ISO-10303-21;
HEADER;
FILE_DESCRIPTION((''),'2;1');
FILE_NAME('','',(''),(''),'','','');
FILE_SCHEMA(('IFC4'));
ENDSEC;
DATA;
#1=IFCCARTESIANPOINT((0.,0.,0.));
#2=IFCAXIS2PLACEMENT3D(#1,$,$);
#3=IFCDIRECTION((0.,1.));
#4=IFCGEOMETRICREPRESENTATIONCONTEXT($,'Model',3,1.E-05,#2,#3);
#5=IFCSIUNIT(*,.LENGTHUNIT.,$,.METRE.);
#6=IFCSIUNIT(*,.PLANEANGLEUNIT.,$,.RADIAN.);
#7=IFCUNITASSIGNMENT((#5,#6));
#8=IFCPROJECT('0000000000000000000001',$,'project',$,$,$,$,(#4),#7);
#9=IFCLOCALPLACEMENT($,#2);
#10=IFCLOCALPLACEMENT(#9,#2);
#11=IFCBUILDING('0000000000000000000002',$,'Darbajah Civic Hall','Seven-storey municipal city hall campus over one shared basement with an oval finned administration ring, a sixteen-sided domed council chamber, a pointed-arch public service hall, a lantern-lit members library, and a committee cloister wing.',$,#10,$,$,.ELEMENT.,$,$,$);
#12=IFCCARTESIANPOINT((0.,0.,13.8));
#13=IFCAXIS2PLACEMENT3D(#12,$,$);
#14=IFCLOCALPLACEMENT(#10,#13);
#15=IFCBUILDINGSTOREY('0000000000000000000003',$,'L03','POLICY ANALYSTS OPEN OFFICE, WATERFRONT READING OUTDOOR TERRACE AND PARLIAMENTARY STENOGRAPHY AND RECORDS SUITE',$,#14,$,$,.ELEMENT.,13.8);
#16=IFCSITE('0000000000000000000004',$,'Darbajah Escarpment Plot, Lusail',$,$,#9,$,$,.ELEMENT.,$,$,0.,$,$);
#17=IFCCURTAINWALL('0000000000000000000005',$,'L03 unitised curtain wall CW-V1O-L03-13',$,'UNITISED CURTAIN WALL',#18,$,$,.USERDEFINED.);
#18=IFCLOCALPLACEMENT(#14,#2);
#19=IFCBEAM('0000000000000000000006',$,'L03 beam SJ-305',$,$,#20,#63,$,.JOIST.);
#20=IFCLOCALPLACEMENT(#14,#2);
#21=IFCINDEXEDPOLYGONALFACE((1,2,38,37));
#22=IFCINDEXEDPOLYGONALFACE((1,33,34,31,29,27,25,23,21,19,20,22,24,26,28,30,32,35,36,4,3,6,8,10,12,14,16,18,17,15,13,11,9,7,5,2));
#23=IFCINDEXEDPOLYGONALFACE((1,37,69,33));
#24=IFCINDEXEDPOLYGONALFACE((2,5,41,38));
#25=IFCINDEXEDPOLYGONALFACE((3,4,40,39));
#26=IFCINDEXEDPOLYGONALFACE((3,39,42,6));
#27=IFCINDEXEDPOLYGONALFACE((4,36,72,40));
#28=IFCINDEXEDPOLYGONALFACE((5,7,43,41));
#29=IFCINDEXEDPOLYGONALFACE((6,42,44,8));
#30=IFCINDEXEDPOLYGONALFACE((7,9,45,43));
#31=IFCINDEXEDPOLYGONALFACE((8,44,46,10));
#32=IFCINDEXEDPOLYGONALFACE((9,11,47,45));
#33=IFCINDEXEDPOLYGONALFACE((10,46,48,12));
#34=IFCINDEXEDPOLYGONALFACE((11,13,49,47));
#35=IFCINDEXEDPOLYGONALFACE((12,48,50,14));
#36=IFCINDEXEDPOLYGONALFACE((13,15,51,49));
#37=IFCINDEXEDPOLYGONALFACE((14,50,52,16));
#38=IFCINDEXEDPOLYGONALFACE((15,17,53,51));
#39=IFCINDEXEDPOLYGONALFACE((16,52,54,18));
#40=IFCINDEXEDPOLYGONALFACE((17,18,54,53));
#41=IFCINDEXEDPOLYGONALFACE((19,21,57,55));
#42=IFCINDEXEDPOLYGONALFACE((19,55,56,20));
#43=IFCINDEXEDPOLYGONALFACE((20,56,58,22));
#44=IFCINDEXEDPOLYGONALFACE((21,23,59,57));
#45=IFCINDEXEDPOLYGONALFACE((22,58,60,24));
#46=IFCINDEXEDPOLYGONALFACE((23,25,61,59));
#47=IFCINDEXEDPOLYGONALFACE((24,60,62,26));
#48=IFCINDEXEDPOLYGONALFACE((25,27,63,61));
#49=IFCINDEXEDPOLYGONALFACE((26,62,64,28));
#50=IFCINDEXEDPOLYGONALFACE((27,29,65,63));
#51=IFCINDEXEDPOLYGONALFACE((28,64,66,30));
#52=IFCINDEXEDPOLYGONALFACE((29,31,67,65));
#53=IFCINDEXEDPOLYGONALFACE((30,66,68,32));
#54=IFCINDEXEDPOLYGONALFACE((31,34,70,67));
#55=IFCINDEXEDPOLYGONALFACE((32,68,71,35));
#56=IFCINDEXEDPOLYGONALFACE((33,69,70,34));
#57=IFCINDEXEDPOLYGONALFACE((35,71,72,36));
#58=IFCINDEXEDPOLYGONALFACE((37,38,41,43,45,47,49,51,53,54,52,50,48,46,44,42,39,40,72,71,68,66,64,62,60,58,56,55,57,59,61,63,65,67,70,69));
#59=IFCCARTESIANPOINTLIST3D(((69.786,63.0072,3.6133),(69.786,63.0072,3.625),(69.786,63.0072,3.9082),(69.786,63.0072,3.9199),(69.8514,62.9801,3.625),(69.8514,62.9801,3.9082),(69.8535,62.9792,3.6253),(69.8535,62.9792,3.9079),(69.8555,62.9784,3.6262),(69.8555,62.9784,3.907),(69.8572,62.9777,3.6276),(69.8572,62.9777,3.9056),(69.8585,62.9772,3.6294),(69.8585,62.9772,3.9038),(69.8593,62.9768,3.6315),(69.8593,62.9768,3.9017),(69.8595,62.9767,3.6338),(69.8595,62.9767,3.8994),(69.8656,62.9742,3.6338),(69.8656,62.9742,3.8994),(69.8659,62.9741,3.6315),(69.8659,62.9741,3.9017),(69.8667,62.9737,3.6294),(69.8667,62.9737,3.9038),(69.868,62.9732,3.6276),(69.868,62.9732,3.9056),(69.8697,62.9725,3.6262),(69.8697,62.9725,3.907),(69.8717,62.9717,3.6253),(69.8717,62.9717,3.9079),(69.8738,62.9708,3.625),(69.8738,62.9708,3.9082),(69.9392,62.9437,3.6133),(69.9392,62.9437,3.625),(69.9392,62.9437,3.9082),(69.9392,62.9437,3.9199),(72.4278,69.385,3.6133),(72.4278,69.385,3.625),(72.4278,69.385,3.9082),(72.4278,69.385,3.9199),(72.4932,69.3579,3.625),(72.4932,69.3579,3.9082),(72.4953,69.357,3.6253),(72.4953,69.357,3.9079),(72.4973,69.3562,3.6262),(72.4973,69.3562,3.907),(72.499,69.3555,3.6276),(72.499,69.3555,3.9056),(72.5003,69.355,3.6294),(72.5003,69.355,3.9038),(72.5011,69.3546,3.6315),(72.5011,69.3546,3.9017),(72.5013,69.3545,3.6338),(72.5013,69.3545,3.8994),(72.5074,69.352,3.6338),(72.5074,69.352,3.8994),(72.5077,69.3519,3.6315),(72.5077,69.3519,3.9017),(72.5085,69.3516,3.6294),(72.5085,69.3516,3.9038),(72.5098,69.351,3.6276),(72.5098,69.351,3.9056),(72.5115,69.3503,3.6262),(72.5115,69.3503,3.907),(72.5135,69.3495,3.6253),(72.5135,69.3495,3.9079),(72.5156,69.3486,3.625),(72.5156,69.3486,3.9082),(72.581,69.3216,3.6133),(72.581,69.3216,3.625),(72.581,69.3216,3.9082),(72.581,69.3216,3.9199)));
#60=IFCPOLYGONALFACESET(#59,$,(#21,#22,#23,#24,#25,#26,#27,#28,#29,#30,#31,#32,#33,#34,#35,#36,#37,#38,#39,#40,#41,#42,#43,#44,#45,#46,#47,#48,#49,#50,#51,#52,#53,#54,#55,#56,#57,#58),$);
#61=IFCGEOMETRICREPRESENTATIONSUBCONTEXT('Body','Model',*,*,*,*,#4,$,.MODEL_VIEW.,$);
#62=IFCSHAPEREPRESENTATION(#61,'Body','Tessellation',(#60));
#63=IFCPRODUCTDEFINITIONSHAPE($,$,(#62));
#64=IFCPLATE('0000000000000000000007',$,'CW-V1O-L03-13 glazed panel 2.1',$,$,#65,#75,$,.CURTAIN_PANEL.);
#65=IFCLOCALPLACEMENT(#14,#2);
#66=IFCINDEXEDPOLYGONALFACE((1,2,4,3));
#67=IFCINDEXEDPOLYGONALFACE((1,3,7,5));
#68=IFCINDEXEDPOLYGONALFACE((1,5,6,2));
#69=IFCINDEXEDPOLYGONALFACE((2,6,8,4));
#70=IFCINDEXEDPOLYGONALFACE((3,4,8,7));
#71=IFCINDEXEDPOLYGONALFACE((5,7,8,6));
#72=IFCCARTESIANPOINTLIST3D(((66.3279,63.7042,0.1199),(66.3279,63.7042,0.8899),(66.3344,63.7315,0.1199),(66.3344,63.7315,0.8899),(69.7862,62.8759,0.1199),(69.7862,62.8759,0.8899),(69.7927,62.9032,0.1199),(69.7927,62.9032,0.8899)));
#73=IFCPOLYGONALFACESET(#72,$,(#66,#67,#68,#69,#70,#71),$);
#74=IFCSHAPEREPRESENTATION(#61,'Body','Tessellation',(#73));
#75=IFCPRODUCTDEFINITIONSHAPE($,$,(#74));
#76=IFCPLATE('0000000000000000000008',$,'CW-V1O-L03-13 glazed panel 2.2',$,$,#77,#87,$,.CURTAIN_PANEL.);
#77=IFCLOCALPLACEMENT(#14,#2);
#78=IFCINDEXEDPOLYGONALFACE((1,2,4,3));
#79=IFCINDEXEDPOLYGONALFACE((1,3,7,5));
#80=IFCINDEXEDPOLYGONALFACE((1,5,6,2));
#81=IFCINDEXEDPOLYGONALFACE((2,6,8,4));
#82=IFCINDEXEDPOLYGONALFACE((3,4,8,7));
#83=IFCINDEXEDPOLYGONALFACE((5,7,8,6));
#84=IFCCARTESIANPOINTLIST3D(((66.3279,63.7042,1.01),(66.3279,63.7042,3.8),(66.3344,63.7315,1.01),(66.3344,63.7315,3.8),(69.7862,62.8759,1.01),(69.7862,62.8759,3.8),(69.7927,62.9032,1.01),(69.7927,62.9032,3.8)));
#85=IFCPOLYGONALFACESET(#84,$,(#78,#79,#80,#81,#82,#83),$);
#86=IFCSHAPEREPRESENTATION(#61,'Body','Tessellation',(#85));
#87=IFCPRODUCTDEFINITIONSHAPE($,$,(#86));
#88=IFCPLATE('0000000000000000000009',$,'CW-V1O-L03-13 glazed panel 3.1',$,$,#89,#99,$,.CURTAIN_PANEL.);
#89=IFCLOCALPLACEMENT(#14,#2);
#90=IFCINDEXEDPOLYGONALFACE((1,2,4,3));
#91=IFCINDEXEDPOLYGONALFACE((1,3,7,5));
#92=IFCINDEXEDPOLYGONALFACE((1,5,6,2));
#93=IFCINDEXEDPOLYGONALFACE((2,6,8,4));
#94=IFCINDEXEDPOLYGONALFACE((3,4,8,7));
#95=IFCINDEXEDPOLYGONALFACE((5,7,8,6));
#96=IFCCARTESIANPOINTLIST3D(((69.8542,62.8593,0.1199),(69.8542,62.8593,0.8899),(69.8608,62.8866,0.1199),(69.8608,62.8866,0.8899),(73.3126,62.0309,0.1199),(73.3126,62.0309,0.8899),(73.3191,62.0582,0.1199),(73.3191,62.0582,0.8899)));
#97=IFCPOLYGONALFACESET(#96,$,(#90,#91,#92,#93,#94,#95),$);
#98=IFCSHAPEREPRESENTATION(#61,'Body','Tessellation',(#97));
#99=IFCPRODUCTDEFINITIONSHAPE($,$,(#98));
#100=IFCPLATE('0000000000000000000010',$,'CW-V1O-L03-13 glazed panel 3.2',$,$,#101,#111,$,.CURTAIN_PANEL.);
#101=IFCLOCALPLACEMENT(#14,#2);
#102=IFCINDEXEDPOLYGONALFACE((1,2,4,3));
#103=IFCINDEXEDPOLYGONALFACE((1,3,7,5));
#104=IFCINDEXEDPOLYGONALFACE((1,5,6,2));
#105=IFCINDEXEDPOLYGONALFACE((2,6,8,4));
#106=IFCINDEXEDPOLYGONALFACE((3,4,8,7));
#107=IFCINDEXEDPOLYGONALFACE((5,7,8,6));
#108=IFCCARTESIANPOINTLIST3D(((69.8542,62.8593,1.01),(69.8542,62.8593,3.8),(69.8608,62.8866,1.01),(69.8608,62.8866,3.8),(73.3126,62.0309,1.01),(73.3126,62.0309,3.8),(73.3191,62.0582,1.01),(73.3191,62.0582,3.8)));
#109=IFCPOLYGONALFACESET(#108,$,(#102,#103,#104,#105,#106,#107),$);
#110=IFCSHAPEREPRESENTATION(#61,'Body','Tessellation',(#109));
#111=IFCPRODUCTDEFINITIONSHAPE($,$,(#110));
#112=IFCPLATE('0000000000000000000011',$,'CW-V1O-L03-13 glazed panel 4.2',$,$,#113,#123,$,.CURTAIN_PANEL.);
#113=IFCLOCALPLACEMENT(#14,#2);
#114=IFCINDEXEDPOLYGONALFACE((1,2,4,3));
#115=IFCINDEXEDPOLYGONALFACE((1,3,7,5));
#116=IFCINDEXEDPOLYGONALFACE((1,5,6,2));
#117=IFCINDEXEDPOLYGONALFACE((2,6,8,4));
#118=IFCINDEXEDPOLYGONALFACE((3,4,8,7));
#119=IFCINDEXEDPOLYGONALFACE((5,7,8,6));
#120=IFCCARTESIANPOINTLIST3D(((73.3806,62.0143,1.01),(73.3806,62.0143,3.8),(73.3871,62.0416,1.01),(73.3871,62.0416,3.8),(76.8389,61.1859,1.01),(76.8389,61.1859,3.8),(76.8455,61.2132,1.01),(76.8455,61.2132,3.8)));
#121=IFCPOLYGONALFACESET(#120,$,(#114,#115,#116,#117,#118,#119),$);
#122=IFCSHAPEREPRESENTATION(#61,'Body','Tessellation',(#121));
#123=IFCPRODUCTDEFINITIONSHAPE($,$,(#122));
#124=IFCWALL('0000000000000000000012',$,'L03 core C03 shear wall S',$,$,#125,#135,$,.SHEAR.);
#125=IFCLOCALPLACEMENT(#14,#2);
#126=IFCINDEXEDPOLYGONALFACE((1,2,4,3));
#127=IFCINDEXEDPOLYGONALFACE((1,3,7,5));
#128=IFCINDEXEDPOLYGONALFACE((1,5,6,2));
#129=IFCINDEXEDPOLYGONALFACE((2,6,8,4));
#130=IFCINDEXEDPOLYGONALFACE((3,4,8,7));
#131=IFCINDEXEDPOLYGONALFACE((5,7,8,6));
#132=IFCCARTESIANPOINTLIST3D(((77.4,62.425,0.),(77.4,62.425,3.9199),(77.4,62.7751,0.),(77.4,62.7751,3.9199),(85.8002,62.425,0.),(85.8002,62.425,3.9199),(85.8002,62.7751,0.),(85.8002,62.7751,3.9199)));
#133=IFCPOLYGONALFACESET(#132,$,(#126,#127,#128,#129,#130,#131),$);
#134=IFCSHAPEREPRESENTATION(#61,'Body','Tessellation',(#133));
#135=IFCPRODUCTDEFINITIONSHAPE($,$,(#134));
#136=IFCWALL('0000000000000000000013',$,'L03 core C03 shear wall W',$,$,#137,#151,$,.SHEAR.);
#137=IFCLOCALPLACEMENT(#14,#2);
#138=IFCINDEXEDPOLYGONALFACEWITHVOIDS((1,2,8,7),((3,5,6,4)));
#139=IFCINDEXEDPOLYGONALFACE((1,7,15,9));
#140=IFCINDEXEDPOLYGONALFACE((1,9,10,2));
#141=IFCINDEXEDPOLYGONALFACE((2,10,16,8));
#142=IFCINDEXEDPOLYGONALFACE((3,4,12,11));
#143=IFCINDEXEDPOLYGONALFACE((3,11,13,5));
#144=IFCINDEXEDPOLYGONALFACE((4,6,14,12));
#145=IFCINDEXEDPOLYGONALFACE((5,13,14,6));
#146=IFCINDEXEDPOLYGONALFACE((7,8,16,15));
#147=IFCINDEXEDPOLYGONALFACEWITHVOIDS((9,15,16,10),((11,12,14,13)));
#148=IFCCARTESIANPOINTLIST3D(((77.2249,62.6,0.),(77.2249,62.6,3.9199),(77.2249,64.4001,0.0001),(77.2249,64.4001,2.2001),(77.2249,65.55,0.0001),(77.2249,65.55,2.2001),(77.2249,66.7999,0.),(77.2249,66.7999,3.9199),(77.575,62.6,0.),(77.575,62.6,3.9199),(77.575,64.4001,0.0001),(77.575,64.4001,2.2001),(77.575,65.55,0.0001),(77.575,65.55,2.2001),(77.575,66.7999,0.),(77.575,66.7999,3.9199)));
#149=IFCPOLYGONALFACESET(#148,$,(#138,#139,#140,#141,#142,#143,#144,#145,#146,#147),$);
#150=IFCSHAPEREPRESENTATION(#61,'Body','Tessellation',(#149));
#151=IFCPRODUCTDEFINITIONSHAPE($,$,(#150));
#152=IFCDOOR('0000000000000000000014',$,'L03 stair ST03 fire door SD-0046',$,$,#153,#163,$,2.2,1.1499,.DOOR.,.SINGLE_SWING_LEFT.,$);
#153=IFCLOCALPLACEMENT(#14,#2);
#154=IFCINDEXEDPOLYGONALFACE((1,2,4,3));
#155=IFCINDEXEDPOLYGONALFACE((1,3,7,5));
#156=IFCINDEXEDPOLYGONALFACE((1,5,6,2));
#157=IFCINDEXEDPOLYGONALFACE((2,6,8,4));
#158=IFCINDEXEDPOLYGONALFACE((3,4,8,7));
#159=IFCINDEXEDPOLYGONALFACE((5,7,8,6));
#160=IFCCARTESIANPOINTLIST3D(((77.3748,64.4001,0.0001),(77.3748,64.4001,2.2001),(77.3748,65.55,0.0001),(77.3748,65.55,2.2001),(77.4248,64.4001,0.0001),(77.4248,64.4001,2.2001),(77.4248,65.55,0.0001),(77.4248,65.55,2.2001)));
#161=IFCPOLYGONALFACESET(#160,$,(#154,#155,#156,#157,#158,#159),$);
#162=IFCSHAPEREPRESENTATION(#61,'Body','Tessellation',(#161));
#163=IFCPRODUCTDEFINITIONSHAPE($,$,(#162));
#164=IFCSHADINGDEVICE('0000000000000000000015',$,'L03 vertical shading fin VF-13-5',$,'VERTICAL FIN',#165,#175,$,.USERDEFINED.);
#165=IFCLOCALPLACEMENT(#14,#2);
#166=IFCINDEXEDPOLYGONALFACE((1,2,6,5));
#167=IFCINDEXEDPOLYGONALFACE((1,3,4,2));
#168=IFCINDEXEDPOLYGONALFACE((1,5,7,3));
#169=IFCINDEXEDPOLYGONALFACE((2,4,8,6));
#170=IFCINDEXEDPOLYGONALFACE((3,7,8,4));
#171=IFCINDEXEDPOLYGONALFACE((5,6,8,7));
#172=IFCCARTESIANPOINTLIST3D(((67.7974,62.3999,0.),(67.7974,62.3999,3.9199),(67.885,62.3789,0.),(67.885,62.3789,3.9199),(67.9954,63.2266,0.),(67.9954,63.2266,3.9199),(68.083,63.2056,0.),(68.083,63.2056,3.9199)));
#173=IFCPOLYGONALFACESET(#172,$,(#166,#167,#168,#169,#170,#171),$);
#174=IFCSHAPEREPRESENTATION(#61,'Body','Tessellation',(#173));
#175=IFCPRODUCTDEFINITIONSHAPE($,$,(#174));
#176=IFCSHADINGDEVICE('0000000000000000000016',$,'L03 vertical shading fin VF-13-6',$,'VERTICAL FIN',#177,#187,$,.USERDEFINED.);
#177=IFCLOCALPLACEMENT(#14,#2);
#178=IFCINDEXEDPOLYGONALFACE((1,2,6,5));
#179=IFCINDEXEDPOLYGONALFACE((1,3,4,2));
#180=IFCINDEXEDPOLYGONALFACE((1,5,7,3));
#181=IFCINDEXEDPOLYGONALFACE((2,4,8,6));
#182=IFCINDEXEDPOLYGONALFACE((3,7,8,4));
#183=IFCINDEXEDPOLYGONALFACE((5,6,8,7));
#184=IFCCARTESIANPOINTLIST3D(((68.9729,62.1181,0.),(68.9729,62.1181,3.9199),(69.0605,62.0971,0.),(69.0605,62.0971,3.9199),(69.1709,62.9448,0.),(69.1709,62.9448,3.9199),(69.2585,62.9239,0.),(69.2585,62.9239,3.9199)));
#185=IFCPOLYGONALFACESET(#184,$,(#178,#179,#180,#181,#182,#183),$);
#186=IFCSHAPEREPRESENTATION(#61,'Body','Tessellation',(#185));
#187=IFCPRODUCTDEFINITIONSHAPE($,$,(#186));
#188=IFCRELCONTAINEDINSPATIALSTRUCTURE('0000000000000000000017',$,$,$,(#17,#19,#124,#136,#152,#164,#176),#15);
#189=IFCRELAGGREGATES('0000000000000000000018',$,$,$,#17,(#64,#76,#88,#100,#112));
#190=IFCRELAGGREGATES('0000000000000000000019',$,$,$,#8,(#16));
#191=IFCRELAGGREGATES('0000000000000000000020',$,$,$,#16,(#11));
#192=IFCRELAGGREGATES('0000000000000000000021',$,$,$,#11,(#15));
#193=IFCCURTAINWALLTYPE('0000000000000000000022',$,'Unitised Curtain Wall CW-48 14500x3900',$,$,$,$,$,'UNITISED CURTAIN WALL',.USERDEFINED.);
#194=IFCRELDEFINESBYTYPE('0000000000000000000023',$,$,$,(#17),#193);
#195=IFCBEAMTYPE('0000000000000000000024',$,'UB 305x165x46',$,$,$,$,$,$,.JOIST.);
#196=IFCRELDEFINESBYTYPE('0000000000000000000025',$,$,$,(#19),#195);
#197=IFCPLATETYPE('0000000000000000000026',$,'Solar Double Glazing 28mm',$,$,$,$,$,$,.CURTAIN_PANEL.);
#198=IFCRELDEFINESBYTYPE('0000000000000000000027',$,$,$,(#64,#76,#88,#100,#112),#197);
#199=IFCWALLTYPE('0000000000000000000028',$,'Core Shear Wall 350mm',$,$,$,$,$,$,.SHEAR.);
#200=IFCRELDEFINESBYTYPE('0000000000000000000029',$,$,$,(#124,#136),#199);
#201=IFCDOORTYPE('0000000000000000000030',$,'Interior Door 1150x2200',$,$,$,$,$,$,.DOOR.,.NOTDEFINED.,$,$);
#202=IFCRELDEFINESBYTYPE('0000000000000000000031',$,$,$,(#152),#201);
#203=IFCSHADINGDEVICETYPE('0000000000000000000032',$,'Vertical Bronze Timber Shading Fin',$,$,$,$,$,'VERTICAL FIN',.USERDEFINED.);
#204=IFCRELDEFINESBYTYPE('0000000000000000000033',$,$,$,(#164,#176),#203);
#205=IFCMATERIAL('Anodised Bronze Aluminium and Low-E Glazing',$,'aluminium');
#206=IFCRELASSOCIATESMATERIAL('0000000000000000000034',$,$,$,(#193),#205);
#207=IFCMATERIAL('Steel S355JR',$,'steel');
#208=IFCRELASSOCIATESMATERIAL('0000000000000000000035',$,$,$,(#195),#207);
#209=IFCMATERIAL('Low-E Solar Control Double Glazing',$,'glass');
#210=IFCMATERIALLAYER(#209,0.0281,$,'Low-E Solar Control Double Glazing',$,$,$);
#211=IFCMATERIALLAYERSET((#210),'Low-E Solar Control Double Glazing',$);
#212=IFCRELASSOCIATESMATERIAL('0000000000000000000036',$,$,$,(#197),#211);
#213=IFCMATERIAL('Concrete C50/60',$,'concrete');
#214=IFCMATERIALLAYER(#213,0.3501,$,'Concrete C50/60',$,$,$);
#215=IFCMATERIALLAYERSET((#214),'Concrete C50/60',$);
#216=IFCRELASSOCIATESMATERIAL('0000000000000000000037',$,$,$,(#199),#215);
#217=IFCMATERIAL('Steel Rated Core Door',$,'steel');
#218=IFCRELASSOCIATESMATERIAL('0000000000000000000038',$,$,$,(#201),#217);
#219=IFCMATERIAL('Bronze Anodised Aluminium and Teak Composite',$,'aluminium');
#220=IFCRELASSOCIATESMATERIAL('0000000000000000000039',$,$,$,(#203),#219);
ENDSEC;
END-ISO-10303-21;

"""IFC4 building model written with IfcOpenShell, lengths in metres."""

from ifc_helpers import new_model, si_unit, direction, frame, frame_2d, origin, origin_2d, place, context, subcontext, project, spatial, rectangle, i_section, extrude, material, layer, layer_set, material_profile, profile_set, type_object, element, fill, aggregate, save


model = new_model("IFC4")

# Units and contexts
model_context = context("Model", 3, precision=1e-05, world=origin(), true_north=direction((0.0, 1.0)))
body_context = subcontext(model_context, "Body", "Model", "MODEL_VIEW")
ifc_project = project(units=[si_unit("LENGTHUNIT", "METRE"), si_unit("PLANEANGLEUNIT", "RADIAN")], contexts=[model_context])

# Site, building, storey
site_placement = place(None, origin())
site = spatial("IfcSite", under=ifc_project, at=site_placement, Name="Darbajah Escarpment Plot, Lusail", CompositionType="ELEMENT", RefElevation=0.0)
building_placement = place(site_placement, origin())
building = spatial("IfcBuilding", under=site, at=building_placement, Name="Darbajah Civic Hall", Description="Seven-storey municipal city hall campus over one shared basement with an oval finned administration ring, a sixteen-sided domed council chamber, a pointed-arch public service hall, a lantern-lit members library, and a committee cloister wing.", CompositionType="ELEMENT")
storey_placement = place(building_placement, frame((0.0, 0.0, 13.8)))
storey = spatial("IfcBuildingStorey", under=building, at=storey_placement, Name="L03", Description="POLICY ANALYSTS OPEN OFFICE, WATERFRONT READING OUTDOOR TERRACE AND PARLIAMENTARY STENOGRAPHY AND RECORDS SUITE", CompositionType="ELEMENT", Elevation=13.8)

# Curtain wall
ifc_material_1 = material(Name="Anodised Bronze Aluminium and Low-E Glazing", Category="aluminium")
curtain_wall_type = type_object("IfcCurtainWallType", Name="Unitised Curtain Wall CW-48 14500x3900", ElementType="UNITISED CURTAIN WALL", PredefinedType="USERDEFINED", material=ifc_material_1)
curtain_wall_placement = place(storey_placement, origin())
curtain_wall = element("IfcCurtainWall", 1, at=curtain_wall_placement, inside=storey, type_object=curtain_wall_type, Name="L03 unitised curtain wall CW-V1O-L03-13", ObjectType="UNITISED CURTAIN WALL", PredefinedType="USERDEFINED")

# Beam
ifc_material_2 = material(Name="Steel S355JR", Category="steel")
ifc_material_profile_1 = material_profile(ifc_material_2, i_section(OverallWidth=0.1658, OverallDepth=0.3066, WebThickness=0.0066, FlangeThickness=0.0117, FilletRadius=0.0088, at=origin_2d()), Name="UB 305x165x46")
ifc_profile_set_1 = profile_set([ifc_material_profile_1], Name="Steel S355JR")
beam_type = type_object("IfcBeamType", Name="UB 305x165x46", PredefinedType="JOIST", material=ifc_profile_set_1)
beam_placement = place(storey_placement, frame((72.5044, 69.3533, 3.7666), z_axis=(-0.382686, -0.923878, 0.0), x_axis=(0.923878, -0.382686, 0.0)))
element("IfcBeam", 2, at=beam_placement, inside=storey, type_object=beam_type, Name="L03 beam SJ-305", PredefinedType="JOIST", context=body_context, shape_type="SweptSolid", body=[
    extrude(i_section(OverallWidth=0.1658, OverallDepth=0.3066, WebThickness=0.0066, FlangeThickness=0.0117, FilletRadius=0.0088, at=origin_2d()), origin(), (0.0, 0.0, 1.0), 6.9033),
])

# Plates
ifc_material_3 = material(Name="Low-E Solar Control Double Glazing", Category="glass")
ifc_layer_1 = layer(ifc_material_3, 0.0281, Name="Low-E Solar Control Double Glazing")
ifc_layer_set_1 = layer_set([ifc_layer_1], Name="Low-E Solar Control Double Glazing")
plate_type = type_object("IfcPlateType", Name="Solar Double Glazing 28mm", PredefinedType="CURTAIN_PANEL", material=ifc_layer_set_1)
plate_1_placement = place(storey_placement, frame((68.0603, 63.3037, 0.1199), z_axis=(0.0, 0.0, 1.0), x_axis=(0.972492, -0.232936, 0.0)))
plate_1 = element("IfcPlate", 3, at=plate_1_placement, type_object=plate_type, Name="CW-V1O-L03-13 glazed panel 2.1", PredefinedType="CURTAIN_PANEL", context=body_context, shape_type="SweptSolid", body=[
    extrude(rectangle(XDim=3.5562, YDim=0.0281, at=origin_2d()), origin(), (0.0, 0.0, 1.0), 0.77),
])
plate_2_placement = place(storey_placement, frame((68.0603, 63.3037, 1.01), z_axis=(0.0, 0.0, 1.0), x_axis=(0.972492, -0.232936, 0.0)))
plate_2 = element("IfcPlate", 4, at=plate_2_placement, type_object=plate_type, Name="CW-V1O-L03-13 glazed panel 2.2", PredefinedType="CURTAIN_PANEL", context=body_context, shape_type="SweptSolid", body=[
    extrude(rectangle(XDim=3.5562, YDim=0.0281, at=origin_2d()), origin(), (0.0, 0.0, 1.0), 2.79),
])
plate_3_placement = place(storey_placement, frame((71.5867, 62.4587, 0.1199), z_axis=(0.0, 0.0, 1.0), x_axis=(0.972492, -0.232936, 0.0)))
plate_3 = element("IfcPlate", 5, at=plate_3_placement, type_object=plate_type, Name="CW-V1O-L03-13 glazed panel 3.1", PredefinedType="CURTAIN_PANEL", context=body_context, shape_type="SweptSolid", body=[
    extrude(rectangle(XDim=3.5562, YDim=0.0281, at=origin_2d()), origin(), (0.0, 0.0, 1.0), 0.77),
])
plate_4_placement = place(storey_placement, frame((71.5867, 62.4587, 1.01), z_axis=(0.0, 0.0, 1.0), x_axis=(0.972492, -0.232936, 0.0)))
plate_4 = element("IfcPlate", 6, at=plate_4_placement, type_object=plate_type, Name="CW-V1O-L03-13 glazed panel 3.2", PredefinedType="CURTAIN_PANEL", context=body_context, shape_type="SweptSolid", body=[
    extrude(rectangle(XDim=3.5562, YDim=0.0281, at=origin_2d()), origin(), (0.0, 0.0, 1.0), 2.79),
])
plate_5_placement = place(storey_placement, frame((75.113, 61.6138, 1.01), z_axis=(0.0, 0.0, 1.0), x_axis=(0.972492, -0.232936, 0.0)))
plate_5 = element("IfcPlate", 7, at=plate_5_placement, type_object=plate_type, Name="CW-V1O-L03-13 glazed panel 4.2", PredefinedType="CURTAIN_PANEL", context=body_context, shape_type="SweptSolid", body=[
    extrude(rectangle(XDim=3.5562, YDim=0.0281, at=origin_2d()), origin(), (0.0, 0.0, 1.0), 2.79),
])
aggregate(curtain_wall, [plate_1, plate_2, plate_3, plate_4, plate_5])

# Wall
ifc_material_4 = material(Name="Concrete C50/60", Category="concrete")
ifc_layer_2 = layer(ifc_material_4, 0.3501, Name="Concrete C50/60")
ifc_layer_set_2 = layer_set([ifc_layer_2], Name="Concrete C50/60")
wall_type = type_object("IfcWallType", Name="Core Shear Wall 350mm", PredefinedType="SHEAR", material=ifc_layer_set_2)
wall_1_placement = place(storey_placement, frame((77.3999, 62.6001, 0.0), z_axis=(0.0, 0.0, 1.0), x_axis=(1.0, 0.0, 0.0)))
element("IfcWall", 8, at=wall_1_placement, inside=storey, type_object=wall_type, Name="L03 core C03 shear wall S", PredefinedType="SHEAR", context=body_context, shape_type="SweptSolid", body=[
    extrude(rectangle(XDim=8.4001, YDim=0.3501, at=frame_2d((4.2002, 0.0))), origin(), (0.0, 0.0, 1.0), 3.9199),
])

# Wall, opening, door
wall_2_placement = place(storey_placement, frame((77.3999, 66.8, 0.0), z_axis=(0.0, 0.0, 1.0), x_axis=(0.0, -1.0, 0.0)))
wall_2 = element("IfcWall", 9, at=wall_2_placement, inside=storey, type_object=wall_type, Name="L03 core C03 shear wall W", PredefinedType="SHEAR", context=body_context, shape_type="SweptSolid", body=[
    extrude(rectangle(XDim=4.2, YDim=0.3501, at=frame_2d((2.1001, 0.0))), origin(), (0.0, 0.0, 1.0), 3.9199),
])
opening_placement = place(wall_2_placement, frame((1.25, 0.0, 0.0)))
opening = element("IfcOpeningElement", 10, at=opening_placement, cuts=wall_2, PredefinedType="OPENING", context=body_context, shape_type="SweptSolid", body=[
    extrude(rectangle(XDim=1.1499, YDim=2.2, at=frame_2d((0.575, 1.1001))), frame((0.0, 0.1851, 0.0), z_axis=(0.0, -1.0, 0.0), x_axis=(1.0, 0.0, 0.0)), (0.0, 0.0, 1.0), 0.3701),
])
ifc_material_5 = material(Name="Steel Rated Core Door", Category="steel")
door_type = type_object("IfcDoorType", Name="Interior Door 1150x2200", OperationType="NOTDEFINED", PredefinedType="DOOR", material=ifc_material_5)
door_placement = place(opening_placement, origin())
door = element("IfcDoor", 11, at=door_placement, inside=storey, type_object=door_type, Name="L03 stair ST03 fire door SD-0046", OperationType="SINGLE_SWING_LEFT", OverallHeight=2.2, OverallWidth=1.1499, PredefinedType="DOOR", context=body_context, shape_type="SweptSolid", body=[
    extrude(rectangle(XDim=1.1499, YDim=2.2, at=frame_2d((0.575, 1.1001))), frame((0.0, 0.0249, 0.0), z_axis=(0.0, -1.0, 0.0), x_axis=(1.0, 0.0, 0.0)), (0.0, 0.0, 1.0), 0.05),
])
fill(opening, door)

# Shading devices
ifc_material_6 = material(Name="Bronze Anodised Aluminium and Teak Composite", Category="aluminium")
shading_device_type = type_object("IfcShadingDeviceType", Name="Vertical Bronze Timber Shading Fin", ElementType="VERTICAL FIN", PredefinedType="USERDEFINED", material=ifc_material_6)
for number, where, z_axis, x_axis, name in (
    (12, (67.9402, 62.8027, 0.0), (0.0, 0.0, 1.0), (-0.232936, -0.972492, 0.0), "L03 vertical shading fin VF-13-5"),
    (13, (69.1157, 62.521, 0.0), (0.0, 0.0, 1.0), (-0.232936, -0.972492, 0.0), "L03 vertical shading fin VF-13-6"),
):
    element("IfcShadingDevice", number, at=place(storey_placement, frame(where, z_axis=z_axis, x_axis=x_axis)), inside=storey, type_object=shading_device_type, Name=name, ObjectType="VERTICAL FIN", PredefinedType="USERDEFINED", context=body_context, shape_type="SweptSolid", body=[
        extrude(rectangle(XDim=0.8501, YDim=0.0901, at=origin_2d()), origin(), (0.0, 0.0, 1.0), 3.9199),
    ])

save(model, "model.ifc")
